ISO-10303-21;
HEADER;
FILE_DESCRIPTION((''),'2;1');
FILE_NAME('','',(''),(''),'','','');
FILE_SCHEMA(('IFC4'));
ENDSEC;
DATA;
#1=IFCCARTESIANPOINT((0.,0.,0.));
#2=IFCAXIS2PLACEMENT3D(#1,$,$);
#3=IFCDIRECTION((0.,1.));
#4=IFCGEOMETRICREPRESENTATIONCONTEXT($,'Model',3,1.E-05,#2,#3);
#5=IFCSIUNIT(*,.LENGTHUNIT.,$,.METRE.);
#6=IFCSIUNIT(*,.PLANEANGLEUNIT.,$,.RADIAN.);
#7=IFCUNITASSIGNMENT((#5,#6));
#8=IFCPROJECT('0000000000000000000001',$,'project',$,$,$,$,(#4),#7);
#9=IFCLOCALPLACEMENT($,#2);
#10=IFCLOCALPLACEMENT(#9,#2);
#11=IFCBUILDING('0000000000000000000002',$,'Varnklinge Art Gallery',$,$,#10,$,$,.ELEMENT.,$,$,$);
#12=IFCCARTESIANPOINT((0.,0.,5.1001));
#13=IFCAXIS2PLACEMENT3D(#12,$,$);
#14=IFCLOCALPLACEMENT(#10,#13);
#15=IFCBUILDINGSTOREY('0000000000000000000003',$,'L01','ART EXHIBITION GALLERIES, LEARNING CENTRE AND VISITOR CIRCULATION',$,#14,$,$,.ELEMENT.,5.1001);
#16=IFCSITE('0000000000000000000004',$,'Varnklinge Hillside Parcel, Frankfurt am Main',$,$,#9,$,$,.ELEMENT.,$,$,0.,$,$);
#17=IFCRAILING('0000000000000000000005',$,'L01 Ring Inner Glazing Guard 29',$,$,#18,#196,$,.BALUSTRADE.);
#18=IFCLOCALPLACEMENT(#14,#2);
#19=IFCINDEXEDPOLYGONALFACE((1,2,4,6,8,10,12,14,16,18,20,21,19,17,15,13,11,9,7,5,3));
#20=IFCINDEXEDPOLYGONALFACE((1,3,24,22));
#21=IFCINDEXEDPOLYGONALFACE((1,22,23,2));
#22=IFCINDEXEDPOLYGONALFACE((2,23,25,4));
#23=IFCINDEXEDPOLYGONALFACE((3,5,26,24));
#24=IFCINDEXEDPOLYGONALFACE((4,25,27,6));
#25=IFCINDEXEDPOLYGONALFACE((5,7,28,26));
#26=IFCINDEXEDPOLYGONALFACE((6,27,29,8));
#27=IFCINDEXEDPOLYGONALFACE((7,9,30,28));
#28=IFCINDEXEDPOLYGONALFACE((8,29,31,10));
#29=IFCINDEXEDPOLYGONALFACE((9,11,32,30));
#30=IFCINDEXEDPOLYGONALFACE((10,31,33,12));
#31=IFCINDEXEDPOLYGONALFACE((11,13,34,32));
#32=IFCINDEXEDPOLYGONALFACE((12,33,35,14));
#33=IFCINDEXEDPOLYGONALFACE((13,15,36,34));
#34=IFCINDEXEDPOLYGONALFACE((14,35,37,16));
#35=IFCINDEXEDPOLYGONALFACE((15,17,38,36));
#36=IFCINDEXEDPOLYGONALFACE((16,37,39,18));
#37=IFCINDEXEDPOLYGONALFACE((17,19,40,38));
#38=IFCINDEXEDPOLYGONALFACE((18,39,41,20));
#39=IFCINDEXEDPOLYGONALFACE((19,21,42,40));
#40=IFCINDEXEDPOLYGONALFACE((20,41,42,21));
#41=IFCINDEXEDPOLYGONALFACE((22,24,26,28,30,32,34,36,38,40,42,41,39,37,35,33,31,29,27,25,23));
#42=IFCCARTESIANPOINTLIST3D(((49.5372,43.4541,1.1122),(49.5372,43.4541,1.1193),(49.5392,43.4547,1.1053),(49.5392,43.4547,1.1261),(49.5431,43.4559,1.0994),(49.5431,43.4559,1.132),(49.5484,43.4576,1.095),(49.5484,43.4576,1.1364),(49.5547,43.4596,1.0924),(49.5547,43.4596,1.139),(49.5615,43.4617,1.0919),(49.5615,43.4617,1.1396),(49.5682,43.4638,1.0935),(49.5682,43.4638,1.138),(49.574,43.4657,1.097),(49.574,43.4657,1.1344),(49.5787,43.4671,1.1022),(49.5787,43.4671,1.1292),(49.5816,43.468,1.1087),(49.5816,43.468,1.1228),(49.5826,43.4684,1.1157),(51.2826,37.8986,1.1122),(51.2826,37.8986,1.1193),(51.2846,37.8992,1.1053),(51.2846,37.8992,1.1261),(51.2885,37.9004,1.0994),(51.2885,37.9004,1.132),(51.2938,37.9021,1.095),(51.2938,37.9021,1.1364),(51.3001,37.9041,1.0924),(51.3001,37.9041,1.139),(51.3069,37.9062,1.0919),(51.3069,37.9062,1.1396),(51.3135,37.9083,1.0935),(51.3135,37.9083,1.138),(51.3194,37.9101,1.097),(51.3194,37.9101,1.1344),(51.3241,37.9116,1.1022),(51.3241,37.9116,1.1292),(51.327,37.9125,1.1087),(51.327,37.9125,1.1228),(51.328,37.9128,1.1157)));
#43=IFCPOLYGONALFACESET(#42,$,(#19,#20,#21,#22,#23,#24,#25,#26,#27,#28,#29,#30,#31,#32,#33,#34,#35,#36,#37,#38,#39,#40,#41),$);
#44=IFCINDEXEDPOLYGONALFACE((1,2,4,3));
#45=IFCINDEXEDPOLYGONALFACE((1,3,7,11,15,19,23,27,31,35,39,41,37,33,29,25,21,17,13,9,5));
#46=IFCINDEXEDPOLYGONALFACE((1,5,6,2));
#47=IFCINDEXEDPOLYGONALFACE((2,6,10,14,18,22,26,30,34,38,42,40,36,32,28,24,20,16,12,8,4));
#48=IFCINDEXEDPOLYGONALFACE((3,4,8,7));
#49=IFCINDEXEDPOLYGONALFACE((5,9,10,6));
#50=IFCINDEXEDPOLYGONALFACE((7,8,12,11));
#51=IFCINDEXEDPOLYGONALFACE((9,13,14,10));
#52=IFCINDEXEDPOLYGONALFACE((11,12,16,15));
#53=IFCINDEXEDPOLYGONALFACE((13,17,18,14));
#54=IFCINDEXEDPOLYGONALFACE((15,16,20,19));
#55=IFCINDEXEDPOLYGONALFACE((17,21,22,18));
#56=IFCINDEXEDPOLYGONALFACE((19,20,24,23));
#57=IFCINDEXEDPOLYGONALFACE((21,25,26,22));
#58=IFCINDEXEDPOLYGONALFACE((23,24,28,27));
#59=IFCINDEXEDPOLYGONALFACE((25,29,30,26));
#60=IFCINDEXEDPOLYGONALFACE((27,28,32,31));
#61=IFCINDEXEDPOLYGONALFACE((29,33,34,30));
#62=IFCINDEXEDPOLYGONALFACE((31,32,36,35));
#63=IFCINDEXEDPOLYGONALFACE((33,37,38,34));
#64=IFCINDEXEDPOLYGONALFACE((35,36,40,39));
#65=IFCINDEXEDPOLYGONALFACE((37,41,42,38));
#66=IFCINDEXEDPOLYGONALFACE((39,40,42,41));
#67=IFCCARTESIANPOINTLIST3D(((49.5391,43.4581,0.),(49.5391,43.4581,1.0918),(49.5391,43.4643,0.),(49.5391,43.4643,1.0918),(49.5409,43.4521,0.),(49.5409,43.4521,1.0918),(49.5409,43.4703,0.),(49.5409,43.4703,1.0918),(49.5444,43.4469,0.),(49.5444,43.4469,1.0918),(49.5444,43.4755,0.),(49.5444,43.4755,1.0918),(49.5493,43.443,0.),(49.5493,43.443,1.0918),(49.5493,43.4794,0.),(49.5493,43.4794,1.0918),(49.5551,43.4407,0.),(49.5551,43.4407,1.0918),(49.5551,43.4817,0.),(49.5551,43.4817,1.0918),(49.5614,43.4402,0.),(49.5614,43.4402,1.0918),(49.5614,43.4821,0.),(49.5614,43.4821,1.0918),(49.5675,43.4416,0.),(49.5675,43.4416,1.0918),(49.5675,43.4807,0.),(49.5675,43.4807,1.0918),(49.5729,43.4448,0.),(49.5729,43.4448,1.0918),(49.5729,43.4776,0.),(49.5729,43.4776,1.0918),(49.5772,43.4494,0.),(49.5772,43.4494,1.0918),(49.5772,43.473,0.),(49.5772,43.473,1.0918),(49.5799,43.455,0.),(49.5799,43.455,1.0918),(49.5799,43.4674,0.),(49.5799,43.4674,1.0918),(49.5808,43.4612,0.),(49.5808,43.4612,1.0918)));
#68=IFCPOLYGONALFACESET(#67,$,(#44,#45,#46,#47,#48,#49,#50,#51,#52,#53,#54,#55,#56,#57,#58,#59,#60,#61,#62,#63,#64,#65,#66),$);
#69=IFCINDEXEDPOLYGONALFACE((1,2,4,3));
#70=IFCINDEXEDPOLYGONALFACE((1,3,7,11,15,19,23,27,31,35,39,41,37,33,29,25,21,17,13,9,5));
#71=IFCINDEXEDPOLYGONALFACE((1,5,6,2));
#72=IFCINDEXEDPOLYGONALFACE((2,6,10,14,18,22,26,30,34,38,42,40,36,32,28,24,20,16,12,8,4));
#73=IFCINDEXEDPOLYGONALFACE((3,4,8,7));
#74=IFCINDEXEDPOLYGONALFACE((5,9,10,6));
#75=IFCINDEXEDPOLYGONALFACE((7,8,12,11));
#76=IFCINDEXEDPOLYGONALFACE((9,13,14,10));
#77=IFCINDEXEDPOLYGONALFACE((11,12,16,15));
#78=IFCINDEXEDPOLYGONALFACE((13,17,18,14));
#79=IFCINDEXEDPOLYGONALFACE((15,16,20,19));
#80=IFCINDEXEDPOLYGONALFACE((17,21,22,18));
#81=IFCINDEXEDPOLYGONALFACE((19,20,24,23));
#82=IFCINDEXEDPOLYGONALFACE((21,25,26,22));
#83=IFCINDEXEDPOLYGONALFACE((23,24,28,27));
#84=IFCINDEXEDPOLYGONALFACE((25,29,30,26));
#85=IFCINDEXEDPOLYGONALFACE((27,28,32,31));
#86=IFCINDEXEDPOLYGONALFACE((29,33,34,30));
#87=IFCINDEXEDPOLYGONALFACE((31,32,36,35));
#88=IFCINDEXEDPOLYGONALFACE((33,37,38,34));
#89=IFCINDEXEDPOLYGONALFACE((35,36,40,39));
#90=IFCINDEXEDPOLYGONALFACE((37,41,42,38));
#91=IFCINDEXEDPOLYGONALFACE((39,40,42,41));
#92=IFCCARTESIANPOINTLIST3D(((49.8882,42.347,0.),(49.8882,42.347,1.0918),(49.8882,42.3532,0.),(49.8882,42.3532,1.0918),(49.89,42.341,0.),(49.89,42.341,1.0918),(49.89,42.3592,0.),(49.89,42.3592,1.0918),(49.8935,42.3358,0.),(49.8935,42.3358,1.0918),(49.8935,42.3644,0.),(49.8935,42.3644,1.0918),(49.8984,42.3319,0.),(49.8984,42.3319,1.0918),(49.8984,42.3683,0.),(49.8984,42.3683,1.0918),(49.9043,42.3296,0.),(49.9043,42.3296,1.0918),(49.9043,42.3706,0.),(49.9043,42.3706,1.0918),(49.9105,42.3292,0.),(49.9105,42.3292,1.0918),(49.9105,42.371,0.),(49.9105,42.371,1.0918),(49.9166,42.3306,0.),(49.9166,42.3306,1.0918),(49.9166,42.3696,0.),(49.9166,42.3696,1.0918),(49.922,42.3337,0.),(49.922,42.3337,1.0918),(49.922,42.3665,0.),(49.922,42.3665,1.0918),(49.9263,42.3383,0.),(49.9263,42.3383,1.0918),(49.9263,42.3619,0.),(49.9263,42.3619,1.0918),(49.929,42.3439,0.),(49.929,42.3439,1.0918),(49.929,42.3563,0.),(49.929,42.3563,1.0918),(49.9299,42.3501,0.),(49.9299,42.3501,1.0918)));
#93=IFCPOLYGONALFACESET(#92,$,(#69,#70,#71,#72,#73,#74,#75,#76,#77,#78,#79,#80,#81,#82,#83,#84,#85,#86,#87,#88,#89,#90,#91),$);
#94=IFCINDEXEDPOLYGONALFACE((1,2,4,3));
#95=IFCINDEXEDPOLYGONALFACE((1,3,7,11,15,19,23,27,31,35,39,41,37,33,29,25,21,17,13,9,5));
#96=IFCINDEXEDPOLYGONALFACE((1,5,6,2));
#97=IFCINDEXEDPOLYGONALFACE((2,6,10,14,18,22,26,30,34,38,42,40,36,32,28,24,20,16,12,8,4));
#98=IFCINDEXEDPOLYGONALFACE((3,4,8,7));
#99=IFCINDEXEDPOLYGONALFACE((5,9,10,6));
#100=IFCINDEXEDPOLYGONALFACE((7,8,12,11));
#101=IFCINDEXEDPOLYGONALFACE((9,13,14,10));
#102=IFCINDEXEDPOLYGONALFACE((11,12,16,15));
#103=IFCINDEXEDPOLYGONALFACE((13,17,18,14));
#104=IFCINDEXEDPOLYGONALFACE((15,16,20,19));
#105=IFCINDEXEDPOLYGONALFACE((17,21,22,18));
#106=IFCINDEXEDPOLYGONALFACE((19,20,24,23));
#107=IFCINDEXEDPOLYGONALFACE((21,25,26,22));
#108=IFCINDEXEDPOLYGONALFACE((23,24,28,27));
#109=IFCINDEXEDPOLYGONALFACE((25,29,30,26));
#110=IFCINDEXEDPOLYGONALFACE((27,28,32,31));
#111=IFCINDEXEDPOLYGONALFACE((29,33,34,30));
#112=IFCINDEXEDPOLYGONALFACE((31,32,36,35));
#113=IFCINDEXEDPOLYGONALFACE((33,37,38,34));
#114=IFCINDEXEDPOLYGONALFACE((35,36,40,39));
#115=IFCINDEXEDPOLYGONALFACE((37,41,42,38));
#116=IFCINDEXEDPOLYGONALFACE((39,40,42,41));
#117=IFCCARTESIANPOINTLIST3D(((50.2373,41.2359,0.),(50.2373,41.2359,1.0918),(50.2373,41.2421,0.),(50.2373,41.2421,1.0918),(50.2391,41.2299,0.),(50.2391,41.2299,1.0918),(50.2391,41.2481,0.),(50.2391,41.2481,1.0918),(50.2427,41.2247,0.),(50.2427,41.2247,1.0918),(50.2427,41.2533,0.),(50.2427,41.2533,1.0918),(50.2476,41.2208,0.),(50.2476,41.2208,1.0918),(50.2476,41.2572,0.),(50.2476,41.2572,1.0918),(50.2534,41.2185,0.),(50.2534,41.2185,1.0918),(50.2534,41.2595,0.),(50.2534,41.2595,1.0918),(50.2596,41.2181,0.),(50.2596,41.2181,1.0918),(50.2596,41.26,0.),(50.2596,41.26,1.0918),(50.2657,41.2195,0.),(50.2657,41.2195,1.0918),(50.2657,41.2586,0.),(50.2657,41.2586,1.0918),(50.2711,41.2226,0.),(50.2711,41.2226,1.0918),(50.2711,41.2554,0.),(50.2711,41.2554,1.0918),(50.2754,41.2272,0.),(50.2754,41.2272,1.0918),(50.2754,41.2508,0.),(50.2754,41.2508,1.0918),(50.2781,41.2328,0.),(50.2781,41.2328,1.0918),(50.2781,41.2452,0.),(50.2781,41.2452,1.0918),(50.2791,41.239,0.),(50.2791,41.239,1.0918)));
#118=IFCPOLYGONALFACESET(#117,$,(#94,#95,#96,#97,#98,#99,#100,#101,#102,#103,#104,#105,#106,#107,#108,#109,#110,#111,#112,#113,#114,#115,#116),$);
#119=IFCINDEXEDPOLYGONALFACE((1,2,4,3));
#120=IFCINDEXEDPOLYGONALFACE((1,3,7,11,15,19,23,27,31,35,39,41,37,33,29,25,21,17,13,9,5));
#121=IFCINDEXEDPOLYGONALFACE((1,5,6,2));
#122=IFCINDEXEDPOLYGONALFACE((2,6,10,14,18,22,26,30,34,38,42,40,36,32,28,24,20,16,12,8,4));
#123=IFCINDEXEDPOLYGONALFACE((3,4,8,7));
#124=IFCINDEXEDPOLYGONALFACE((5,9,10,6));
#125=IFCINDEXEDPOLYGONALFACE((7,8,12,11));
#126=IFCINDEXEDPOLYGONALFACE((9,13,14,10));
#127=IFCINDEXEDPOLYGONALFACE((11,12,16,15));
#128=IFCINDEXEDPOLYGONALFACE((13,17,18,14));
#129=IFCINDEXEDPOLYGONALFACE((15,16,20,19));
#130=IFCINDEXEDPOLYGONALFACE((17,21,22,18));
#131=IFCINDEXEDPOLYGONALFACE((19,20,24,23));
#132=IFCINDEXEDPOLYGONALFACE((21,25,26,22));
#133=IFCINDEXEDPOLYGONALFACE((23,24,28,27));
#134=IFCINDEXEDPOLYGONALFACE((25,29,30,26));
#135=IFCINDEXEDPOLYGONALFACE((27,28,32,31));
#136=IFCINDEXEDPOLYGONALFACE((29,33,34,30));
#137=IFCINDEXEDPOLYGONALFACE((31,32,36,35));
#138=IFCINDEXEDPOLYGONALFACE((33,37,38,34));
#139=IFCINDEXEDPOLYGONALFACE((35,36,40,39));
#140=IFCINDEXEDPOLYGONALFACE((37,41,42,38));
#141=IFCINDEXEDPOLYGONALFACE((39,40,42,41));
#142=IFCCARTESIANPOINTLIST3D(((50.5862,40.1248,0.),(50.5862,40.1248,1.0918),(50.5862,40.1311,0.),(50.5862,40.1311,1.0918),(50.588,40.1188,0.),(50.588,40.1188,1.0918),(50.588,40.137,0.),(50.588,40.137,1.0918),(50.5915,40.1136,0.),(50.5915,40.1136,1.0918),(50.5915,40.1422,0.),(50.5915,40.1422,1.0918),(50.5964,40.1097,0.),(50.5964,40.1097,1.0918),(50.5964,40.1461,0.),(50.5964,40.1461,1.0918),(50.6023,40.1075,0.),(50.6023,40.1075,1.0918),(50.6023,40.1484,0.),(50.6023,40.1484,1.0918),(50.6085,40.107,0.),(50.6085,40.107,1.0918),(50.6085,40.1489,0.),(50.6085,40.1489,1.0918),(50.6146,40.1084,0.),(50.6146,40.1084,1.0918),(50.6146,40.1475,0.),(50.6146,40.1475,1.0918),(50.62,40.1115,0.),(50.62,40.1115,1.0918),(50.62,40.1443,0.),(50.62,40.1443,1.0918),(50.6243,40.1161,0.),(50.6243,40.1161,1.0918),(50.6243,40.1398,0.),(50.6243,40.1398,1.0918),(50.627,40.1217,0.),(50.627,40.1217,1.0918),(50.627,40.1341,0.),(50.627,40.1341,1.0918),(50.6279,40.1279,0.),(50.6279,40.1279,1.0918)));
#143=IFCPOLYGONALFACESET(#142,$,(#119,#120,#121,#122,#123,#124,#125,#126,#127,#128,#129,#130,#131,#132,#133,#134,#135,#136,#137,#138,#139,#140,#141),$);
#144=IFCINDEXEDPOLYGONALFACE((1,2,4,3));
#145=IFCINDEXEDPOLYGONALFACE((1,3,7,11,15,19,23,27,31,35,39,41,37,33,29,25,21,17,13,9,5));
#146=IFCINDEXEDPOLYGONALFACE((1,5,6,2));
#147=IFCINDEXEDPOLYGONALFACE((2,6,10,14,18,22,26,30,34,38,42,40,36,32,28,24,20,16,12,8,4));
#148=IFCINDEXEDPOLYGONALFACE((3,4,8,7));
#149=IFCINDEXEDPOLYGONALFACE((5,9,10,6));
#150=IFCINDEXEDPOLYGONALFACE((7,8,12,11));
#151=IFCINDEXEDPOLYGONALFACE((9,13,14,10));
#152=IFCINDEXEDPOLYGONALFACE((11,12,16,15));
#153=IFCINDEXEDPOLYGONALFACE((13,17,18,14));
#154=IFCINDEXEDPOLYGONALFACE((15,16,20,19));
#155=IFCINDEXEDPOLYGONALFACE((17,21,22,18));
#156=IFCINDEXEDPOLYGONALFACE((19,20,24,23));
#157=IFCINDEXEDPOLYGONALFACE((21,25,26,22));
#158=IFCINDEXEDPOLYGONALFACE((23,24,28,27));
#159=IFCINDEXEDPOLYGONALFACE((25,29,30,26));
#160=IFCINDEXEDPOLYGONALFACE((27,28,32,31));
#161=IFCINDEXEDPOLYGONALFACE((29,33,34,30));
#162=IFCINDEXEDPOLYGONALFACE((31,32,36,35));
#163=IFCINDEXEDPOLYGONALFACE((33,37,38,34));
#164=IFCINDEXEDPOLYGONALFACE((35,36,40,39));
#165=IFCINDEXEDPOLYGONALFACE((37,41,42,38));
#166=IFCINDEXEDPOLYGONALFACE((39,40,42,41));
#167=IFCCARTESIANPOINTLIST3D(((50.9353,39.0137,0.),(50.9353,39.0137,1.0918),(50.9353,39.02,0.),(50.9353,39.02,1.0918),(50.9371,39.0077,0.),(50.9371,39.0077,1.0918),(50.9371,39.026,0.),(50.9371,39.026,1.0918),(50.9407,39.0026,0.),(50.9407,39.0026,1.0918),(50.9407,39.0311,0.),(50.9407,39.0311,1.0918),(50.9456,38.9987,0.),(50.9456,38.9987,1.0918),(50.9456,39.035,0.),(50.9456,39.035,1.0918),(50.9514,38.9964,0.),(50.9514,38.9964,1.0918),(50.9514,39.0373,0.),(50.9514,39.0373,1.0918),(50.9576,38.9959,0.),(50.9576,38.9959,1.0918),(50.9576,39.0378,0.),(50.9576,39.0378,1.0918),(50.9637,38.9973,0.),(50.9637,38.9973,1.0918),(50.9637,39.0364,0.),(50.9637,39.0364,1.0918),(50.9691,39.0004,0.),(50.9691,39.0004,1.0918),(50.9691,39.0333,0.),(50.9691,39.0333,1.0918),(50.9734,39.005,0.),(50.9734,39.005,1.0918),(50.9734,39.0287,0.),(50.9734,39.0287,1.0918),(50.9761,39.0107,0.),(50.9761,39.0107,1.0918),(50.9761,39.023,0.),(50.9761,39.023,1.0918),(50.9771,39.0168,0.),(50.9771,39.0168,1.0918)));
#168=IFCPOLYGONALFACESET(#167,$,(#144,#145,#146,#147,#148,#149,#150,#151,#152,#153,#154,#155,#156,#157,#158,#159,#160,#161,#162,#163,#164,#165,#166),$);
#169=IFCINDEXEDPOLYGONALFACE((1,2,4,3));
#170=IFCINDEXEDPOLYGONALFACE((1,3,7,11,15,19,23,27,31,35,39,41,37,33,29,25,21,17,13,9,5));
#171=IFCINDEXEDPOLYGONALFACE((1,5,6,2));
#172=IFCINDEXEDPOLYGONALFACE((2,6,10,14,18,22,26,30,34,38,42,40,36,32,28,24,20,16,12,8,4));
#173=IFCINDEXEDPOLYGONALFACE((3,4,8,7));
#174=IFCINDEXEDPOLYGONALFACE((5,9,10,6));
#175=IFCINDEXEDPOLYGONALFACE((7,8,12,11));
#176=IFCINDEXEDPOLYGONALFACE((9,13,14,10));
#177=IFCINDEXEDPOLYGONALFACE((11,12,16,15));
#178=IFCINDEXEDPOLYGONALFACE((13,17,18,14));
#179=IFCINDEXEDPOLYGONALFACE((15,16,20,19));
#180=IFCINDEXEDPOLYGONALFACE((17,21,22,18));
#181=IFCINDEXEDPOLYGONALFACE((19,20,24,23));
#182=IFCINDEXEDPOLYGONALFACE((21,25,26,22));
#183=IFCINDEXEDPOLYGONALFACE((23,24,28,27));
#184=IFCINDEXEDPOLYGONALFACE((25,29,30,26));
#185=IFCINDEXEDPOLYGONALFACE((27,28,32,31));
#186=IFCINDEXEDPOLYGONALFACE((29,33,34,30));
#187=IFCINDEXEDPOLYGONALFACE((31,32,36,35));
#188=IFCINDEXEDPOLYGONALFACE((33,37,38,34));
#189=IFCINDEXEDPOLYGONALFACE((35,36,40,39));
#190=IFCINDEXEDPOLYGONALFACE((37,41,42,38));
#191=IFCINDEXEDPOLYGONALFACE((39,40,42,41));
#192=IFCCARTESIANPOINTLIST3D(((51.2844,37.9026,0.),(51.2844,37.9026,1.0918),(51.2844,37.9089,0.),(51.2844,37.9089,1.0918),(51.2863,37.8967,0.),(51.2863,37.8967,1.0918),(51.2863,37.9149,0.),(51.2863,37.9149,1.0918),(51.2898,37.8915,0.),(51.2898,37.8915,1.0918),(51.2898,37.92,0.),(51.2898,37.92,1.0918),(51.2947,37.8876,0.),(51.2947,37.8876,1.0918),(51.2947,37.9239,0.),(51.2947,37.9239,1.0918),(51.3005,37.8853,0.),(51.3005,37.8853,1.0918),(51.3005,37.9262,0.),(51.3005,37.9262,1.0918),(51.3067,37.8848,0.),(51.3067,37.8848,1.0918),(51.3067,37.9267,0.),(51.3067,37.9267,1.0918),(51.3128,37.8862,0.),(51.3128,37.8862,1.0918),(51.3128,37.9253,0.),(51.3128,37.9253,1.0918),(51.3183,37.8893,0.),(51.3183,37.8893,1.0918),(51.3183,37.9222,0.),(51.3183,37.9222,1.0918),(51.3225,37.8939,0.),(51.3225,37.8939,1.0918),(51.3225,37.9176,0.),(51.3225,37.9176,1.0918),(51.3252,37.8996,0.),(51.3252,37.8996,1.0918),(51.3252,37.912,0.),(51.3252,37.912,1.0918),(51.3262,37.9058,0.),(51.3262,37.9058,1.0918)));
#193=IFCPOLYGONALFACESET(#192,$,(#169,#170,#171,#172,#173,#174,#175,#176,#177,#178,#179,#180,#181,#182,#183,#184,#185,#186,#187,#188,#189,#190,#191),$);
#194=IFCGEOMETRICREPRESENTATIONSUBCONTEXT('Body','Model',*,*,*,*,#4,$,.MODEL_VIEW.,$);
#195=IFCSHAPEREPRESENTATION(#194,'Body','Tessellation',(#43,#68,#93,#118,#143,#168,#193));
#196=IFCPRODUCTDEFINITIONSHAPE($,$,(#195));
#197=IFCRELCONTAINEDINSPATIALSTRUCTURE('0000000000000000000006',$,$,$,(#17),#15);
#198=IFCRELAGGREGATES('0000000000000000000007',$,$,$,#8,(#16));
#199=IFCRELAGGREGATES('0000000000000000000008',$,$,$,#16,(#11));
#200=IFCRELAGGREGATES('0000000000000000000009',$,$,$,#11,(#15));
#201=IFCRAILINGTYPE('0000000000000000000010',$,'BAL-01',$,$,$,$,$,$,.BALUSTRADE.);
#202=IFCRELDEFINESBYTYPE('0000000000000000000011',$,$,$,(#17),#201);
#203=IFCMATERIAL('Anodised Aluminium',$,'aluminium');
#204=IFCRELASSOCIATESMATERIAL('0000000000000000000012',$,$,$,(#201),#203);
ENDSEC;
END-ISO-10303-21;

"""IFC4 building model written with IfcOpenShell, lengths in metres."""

from ifc_helpers import new_model, si_unit, direction, frame, origin, origin_2d, place, context, subcontext, project, spatial, circle, extrude, material, type_object, element, save


model = new_model("IFC4")

# Units and contexts
model_context = context("Model", 3, precision=1e-05, world=origin(), true_north=direction((0.0, 1.0)))
body_context = subcontext(model_context, "Body", "Model", "MODEL_VIEW")
ifc_project = project(units=[si_unit("LENGTHUNIT", "METRE"), si_unit("PLANEANGLEUNIT", "RADIAN")], contexts=[model_context])

# Site, building, storey
site_placement = place(None, origin())
site = spatial("IfcSite", under=ifc_project, at=site_placement, Name="Varnklinge Hillside Parcel, Frankfurt am Main", CompositionType="ELEMENT", RefElevation=0.0)
building_placement = place(site_placement, origin())
building = spatial("IfcBuilding", under=site, at=building_placement, Name="Varnklinge Art Gallery", CompositionType="ELEMENT")
storey_placement = place(building_placement, frame((0.0, 0.0, 5.1001)))
storey = spatial("IfcBuildingStorey", under=building, at=storey_placement, Name="L01", Description="ART EXHIBITION GALLERIES, LEARNING CENTRE AND VISITOR CIRCULATION", CompositionType="ELEMENT", Elevation=5.1001)

# Railing
ifc_material_1 = material(Name="Anodised Aluminium", Category="aluminium")
railing_type = type_object("IfcRailingType", Name="BAL-01", PredefinedType="BALUSTRADE", material=ifc_material_1)
railing_1_placement = place(storey_placement, frame((49.5598, 43.4612, 0.0)))
element("IfcRailing", 1, at=railing_1_placement, inside=storey, type_object=railing_type, Name="L01 Ring Inner Glazing Guard 29", PredefinedType="BALUSTRADE", context=body_context, shape_type="SweptSolid", body=[
    extrude(circle(Radius=0.0239, at=origin_2d()), frame((0.0, 0.0, 1.1157), z_axis=(0.299728, -0.954025, 0.0), x_axis=(0.954025, 0.299728, 0.0)), (0.0, 0.0, 1.0), 5.8232),
    extrude(circle(Radius=0.021, at=origin_2d()), origin(), (0.0, 0.0, 1.0), 1.0918),
    extrude(circle(Radius=0.021, at=origin_2d()), frame((0.3491, -1.1111, 0.0)), (0.0, 0.0, 1.0), 1.0918),
    extrude(circle(Radius=0.021, at=origin_2d()), frame((0.6982, -2.2222, 0.0)), (0.0, 0.0, 1.0), 1.0918),
    extrude(circle(Radius=0.021, at=origin_2d()), frame((1.0471, -3.3333, 0.0)), (0.0, 0.0, 1.0), 1.0918),
    extrude(circle(Radius=0.021, at=origin_2d()), frame((1.3962, -4.4443, 0.0)), (0.0, 0.0, 1.0), 1.0918),
    extrude(circle(Radius=0.021, at=origin_2d()), frame((1.7454, -5.5554, 0.0)), (0.0, 0.0, 1.0), 1.0918),
])

save(model, "model.ifc")
